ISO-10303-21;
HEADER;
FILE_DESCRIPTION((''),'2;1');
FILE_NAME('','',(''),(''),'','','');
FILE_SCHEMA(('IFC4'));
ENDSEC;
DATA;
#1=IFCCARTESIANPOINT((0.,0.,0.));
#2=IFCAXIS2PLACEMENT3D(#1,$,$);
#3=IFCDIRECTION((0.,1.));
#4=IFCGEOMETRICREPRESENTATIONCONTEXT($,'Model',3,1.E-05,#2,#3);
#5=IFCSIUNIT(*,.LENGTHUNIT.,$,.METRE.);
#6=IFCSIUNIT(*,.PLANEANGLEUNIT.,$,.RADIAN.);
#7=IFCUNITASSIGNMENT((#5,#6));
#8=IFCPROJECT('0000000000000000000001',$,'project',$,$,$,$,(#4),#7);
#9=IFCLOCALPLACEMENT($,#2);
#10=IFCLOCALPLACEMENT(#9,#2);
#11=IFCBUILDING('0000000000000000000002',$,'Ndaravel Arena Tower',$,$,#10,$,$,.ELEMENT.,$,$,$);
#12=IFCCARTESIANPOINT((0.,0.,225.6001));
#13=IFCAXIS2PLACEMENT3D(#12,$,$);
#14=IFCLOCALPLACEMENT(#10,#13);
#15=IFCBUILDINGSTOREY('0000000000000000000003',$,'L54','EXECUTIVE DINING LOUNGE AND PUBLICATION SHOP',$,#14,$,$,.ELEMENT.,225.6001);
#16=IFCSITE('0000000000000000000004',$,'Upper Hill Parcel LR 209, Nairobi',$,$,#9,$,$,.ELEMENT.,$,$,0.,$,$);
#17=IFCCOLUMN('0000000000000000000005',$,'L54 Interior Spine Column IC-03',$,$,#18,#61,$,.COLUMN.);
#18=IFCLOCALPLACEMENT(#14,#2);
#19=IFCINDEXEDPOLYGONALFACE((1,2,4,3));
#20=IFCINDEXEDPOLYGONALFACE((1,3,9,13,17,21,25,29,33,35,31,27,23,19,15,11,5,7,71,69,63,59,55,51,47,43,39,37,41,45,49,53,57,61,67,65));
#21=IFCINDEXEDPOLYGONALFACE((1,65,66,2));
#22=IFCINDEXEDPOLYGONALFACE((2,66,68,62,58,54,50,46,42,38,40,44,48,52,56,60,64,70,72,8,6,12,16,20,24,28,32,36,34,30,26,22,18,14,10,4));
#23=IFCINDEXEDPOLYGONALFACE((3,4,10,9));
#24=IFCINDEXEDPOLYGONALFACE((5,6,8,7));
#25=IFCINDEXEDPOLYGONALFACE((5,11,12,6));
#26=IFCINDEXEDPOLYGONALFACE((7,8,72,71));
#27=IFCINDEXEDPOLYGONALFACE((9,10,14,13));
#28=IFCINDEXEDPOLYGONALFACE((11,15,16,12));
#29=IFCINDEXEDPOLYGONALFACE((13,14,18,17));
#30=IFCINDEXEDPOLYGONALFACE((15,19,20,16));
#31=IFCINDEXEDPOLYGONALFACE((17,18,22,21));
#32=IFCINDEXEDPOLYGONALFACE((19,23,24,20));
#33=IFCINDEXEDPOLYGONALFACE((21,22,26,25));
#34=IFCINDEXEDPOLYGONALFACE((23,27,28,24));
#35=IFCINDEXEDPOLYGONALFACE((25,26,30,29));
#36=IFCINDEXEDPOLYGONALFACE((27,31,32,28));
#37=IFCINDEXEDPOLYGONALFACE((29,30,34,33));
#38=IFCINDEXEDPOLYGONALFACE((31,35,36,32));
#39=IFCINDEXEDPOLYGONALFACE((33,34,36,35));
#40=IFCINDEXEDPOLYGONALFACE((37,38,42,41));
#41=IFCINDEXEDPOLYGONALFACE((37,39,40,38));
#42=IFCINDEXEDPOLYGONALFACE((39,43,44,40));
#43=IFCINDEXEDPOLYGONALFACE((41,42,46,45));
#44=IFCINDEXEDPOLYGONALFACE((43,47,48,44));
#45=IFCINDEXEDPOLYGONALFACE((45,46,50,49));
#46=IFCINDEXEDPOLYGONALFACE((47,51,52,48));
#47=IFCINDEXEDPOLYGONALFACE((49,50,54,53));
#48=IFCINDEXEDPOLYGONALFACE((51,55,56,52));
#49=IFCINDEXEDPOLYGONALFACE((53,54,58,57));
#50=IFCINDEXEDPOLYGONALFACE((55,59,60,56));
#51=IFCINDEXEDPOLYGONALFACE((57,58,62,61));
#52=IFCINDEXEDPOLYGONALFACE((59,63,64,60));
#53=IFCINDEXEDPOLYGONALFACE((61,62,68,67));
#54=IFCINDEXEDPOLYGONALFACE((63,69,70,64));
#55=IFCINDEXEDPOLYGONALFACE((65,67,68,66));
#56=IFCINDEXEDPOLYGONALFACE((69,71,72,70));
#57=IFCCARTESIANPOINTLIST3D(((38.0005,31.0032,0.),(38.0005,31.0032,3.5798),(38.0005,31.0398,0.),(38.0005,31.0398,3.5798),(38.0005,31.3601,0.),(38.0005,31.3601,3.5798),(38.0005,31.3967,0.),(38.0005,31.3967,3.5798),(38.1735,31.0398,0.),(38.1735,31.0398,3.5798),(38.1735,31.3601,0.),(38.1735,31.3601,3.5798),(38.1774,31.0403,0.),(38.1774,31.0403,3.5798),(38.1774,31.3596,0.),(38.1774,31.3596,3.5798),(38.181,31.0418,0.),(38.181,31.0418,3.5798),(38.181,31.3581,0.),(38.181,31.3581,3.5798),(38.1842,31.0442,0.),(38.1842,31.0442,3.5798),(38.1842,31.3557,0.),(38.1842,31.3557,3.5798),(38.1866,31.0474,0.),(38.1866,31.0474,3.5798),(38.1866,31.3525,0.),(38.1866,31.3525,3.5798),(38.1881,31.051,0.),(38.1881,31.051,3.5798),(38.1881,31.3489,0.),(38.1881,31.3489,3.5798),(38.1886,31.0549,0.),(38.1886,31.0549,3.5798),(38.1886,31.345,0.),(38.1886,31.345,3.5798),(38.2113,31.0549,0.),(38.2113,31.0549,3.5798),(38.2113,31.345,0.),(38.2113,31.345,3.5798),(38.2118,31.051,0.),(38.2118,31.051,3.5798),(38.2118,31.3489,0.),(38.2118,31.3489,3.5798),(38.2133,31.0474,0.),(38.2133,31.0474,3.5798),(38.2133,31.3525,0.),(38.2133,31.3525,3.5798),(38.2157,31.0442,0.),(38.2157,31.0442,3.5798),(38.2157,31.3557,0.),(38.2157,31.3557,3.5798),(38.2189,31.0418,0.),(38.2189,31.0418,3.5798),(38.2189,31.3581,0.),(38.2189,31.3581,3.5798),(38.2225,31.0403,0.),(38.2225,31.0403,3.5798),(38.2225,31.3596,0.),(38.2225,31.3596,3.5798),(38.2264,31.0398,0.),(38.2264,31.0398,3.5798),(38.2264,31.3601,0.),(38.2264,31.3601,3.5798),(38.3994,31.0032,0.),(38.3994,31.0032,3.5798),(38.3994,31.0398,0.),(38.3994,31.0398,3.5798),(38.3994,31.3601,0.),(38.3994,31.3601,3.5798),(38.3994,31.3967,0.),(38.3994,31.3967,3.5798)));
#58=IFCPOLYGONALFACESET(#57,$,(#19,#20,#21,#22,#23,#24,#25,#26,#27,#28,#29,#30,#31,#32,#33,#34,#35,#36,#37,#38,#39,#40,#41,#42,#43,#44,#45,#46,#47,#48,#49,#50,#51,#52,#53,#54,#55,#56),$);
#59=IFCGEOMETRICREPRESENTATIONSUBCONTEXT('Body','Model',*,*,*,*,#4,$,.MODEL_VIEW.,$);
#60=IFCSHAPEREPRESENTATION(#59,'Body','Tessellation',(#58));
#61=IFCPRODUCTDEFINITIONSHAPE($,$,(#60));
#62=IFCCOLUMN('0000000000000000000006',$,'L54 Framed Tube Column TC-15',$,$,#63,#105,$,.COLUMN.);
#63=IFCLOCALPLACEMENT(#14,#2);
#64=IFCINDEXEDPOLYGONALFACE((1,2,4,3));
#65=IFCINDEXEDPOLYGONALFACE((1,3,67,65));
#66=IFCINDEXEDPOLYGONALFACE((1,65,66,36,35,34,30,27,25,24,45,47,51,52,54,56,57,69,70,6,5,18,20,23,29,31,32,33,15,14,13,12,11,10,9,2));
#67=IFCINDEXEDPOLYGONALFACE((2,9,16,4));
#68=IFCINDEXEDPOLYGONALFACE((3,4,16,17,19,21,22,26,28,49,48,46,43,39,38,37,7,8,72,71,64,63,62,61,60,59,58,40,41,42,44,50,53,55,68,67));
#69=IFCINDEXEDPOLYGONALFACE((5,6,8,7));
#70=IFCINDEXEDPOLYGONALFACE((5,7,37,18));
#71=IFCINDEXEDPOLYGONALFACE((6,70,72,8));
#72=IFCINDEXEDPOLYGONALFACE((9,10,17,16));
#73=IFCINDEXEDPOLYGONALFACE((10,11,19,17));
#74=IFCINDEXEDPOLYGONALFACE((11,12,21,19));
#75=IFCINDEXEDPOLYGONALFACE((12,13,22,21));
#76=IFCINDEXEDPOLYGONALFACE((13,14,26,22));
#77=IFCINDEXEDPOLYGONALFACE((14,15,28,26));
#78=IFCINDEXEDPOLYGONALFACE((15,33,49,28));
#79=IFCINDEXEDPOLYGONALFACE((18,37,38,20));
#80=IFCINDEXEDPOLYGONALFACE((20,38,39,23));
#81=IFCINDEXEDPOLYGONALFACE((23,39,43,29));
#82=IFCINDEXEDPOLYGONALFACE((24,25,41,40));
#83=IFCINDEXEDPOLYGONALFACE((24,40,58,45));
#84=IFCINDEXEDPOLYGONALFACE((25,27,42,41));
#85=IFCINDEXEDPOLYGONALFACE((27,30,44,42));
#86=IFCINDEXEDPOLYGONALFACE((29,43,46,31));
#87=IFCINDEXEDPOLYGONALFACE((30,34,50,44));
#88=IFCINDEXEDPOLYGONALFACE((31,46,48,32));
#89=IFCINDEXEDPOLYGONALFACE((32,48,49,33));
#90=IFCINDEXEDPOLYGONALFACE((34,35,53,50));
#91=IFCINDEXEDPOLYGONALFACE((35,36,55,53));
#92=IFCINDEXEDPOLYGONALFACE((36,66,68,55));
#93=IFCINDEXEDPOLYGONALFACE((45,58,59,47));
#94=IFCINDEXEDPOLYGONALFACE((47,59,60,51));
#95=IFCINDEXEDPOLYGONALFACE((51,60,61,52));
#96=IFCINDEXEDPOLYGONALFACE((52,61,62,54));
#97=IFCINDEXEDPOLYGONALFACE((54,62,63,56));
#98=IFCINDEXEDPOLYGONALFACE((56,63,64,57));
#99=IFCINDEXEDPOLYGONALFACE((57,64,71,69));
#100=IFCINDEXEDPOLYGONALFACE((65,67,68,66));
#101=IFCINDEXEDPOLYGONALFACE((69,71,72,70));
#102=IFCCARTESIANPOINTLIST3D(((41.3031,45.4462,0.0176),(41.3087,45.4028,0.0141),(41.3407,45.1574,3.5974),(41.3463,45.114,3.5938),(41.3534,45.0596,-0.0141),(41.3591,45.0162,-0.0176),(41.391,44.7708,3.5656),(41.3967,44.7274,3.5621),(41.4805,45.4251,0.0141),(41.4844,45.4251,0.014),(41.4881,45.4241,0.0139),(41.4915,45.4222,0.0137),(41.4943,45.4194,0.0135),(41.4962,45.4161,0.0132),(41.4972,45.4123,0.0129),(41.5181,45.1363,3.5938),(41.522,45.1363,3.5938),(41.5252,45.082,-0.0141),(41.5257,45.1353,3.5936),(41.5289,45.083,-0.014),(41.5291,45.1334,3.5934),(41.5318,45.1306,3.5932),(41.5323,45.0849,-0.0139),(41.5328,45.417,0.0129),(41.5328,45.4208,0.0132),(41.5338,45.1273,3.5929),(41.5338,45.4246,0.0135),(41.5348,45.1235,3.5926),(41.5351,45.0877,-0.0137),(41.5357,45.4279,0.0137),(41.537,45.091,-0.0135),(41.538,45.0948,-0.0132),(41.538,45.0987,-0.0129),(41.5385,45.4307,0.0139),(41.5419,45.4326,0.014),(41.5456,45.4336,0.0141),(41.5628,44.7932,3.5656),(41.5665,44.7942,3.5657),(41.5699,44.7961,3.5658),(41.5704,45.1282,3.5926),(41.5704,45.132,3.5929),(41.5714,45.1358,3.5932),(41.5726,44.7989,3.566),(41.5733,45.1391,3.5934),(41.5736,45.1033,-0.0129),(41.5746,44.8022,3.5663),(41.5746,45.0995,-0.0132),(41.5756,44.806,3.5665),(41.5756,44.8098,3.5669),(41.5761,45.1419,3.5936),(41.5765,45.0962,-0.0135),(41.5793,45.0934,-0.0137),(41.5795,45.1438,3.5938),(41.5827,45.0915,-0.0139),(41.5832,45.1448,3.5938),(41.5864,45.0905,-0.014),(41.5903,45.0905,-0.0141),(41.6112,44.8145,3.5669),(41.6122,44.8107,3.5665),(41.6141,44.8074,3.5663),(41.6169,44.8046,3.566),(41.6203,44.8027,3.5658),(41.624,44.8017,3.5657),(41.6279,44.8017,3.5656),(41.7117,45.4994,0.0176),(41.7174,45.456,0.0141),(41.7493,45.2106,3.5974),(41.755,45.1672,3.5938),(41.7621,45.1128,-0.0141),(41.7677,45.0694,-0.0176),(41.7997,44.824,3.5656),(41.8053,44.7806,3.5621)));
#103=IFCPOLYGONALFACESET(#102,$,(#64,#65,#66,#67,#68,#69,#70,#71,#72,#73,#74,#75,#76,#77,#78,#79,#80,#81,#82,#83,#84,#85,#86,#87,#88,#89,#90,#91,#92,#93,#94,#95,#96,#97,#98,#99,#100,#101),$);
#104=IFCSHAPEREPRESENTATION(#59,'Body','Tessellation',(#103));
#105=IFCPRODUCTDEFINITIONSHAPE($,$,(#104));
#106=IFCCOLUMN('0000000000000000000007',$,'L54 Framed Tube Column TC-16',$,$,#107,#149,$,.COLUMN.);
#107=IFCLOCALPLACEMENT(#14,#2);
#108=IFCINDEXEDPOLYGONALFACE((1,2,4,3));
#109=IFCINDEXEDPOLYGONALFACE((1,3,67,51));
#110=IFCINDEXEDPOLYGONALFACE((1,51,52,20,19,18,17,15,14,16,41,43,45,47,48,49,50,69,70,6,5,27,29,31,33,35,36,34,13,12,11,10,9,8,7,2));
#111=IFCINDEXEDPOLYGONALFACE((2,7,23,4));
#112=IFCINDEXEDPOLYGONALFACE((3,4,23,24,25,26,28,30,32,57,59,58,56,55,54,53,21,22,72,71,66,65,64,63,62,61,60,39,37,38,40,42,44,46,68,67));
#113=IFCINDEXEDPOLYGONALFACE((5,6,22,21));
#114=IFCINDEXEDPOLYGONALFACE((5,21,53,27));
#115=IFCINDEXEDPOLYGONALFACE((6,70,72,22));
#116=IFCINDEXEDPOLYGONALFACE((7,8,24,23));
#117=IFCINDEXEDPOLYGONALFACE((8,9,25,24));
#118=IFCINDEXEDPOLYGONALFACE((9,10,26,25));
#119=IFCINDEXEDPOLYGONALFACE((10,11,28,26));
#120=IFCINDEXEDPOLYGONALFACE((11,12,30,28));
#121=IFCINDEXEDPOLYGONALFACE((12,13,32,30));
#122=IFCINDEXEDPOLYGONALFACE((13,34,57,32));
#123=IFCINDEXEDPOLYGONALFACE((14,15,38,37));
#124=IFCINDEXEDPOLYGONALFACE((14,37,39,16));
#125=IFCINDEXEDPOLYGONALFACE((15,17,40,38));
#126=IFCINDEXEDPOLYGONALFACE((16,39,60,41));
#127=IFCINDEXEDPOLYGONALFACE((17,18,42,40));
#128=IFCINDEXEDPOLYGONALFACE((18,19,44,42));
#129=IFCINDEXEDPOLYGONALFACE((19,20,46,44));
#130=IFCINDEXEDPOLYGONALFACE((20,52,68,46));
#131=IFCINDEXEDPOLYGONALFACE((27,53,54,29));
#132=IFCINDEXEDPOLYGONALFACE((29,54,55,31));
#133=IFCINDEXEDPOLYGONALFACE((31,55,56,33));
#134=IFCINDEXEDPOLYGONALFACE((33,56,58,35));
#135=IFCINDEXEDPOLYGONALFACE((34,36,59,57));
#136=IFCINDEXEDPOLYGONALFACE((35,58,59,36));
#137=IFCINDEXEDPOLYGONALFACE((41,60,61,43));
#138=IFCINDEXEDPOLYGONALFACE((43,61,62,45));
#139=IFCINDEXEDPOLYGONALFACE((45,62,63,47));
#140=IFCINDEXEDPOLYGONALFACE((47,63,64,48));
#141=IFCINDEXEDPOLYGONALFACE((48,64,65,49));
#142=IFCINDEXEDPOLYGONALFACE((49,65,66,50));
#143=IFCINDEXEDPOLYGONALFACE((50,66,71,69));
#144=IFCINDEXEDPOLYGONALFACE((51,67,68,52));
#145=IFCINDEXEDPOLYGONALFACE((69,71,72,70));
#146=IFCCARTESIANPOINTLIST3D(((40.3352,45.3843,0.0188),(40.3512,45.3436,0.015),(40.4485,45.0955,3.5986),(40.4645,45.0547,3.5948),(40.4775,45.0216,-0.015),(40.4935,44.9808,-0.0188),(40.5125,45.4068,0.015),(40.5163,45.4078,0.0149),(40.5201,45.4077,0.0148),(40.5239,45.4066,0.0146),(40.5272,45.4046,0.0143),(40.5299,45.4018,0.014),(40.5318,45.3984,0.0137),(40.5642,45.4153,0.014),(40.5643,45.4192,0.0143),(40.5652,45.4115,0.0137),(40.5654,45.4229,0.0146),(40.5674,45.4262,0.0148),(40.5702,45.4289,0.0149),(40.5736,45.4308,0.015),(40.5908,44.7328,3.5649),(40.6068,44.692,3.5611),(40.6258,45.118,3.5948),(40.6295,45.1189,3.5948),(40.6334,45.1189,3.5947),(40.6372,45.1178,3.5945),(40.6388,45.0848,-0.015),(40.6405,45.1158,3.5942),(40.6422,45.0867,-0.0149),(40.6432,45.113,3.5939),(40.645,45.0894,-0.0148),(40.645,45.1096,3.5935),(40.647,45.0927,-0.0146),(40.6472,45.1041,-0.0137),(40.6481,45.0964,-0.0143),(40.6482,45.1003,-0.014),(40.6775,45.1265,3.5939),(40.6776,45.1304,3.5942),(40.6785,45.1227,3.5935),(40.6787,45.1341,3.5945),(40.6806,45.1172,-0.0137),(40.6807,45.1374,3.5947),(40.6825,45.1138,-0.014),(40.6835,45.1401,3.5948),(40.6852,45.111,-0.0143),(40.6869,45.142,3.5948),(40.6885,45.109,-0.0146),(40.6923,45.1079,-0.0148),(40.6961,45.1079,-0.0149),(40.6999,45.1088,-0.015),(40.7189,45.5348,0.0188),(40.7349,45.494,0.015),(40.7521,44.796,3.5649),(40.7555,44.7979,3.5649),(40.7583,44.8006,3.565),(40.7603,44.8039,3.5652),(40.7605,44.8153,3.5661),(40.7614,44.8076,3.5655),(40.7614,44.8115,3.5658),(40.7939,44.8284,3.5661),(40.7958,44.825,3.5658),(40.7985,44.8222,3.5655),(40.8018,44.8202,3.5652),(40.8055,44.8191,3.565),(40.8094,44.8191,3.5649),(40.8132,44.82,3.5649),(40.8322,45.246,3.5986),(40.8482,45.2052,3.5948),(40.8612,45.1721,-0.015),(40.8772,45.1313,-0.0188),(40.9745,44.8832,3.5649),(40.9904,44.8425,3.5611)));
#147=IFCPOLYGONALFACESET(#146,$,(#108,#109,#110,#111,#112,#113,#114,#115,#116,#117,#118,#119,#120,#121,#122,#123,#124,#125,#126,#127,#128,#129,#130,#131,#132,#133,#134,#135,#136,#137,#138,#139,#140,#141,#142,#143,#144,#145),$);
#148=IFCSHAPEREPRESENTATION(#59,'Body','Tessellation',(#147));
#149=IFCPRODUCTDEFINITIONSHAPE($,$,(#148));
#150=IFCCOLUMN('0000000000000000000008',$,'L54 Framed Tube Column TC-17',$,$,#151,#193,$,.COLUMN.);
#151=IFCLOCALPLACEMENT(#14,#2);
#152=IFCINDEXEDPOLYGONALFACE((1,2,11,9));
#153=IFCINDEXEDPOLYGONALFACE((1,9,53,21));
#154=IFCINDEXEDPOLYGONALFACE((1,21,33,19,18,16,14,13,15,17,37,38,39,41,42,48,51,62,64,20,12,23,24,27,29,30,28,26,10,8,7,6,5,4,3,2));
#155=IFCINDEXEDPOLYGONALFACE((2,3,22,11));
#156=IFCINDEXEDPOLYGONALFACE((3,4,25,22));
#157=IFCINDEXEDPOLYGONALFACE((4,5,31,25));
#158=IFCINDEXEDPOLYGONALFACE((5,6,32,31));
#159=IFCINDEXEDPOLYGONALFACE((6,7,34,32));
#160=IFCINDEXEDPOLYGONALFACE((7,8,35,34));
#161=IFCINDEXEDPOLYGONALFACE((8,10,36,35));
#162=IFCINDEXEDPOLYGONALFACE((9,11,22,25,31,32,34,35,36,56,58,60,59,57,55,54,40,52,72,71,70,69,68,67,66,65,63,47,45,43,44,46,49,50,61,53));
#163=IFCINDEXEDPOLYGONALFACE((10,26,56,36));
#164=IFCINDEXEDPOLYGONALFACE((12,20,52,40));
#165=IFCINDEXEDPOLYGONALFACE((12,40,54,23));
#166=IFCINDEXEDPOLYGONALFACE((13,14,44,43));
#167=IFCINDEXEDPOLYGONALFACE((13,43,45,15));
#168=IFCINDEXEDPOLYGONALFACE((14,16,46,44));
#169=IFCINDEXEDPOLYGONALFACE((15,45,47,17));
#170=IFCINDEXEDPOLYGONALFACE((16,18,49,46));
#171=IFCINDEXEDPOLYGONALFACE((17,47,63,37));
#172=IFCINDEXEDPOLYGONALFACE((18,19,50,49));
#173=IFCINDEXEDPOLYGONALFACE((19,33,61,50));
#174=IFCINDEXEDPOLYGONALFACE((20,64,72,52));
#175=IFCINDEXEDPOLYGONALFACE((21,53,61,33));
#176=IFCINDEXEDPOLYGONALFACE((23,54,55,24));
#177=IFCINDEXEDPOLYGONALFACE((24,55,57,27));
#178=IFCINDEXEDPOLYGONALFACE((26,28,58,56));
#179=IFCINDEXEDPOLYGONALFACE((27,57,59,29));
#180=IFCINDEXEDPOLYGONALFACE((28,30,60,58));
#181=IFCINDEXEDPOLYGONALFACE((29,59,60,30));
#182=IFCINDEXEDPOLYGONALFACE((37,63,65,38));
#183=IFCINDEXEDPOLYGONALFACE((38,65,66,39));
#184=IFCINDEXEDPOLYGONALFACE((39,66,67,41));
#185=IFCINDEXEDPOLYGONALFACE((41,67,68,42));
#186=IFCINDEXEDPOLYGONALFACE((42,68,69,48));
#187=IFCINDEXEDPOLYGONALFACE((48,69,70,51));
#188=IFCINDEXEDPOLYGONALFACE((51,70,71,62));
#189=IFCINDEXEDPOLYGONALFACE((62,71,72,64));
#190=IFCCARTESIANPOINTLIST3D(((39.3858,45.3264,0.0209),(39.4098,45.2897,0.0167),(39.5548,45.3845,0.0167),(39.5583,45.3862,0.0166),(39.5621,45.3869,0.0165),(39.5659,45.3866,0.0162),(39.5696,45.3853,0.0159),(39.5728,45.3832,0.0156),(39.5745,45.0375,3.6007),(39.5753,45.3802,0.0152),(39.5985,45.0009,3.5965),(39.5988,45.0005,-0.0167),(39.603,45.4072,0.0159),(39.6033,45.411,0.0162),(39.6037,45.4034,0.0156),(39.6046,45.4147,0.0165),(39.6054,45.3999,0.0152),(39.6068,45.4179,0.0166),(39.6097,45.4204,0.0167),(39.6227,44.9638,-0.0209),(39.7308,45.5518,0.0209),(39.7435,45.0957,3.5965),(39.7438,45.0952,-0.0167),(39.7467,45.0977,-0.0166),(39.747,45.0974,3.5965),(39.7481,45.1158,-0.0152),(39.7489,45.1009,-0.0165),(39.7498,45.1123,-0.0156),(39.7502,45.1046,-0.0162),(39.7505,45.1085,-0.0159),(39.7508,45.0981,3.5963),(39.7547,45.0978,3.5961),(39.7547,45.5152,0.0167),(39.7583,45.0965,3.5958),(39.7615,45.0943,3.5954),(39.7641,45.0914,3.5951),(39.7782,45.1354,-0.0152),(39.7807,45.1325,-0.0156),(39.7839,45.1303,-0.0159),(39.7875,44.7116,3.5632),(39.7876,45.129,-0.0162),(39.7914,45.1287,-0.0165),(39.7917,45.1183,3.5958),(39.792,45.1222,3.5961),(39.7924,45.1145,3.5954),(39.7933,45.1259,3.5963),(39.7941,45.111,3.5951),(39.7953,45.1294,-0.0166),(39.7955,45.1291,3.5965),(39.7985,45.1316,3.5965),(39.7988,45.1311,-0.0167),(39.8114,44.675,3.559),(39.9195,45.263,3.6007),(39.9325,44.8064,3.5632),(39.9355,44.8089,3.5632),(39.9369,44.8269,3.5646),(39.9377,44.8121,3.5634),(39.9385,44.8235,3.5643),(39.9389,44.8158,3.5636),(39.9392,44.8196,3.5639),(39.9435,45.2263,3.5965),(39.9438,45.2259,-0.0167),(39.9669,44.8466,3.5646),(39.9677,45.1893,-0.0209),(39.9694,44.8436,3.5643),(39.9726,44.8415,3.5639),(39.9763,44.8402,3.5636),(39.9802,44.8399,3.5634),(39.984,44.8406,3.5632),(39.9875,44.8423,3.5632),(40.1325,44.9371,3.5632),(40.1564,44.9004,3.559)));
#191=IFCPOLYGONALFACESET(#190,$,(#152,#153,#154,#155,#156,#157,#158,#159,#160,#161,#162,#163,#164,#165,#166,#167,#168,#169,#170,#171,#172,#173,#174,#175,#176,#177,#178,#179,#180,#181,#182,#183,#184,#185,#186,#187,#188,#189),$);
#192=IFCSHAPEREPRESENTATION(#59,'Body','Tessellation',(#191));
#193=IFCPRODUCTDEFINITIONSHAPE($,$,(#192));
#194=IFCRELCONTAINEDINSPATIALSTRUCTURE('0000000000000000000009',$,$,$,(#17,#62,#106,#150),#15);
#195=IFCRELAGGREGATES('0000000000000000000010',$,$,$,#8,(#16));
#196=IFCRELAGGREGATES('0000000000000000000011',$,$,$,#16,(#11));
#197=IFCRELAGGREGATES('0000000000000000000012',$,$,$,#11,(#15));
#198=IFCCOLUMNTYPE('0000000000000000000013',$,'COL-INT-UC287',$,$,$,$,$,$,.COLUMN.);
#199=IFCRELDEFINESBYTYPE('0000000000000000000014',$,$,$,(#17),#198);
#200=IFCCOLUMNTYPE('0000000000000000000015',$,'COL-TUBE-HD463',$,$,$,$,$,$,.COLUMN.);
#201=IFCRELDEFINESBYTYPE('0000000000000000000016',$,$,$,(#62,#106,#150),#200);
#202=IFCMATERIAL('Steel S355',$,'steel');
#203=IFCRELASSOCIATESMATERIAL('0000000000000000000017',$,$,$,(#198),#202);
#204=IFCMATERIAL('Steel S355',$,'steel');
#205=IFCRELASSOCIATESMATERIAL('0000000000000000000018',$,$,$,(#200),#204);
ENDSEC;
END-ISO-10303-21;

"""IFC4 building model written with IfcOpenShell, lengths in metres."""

from ifc_helpers import new_model, si_unit, direction, frame, origin, origin_2d, place, context, subcontext, project, spatial, i_section, extrude, material, material_profile, profile_set, type_object, element, save


model = new_model("IFC4")

# Units and contexts
model_context = context("Model", 3, precision=1e-05, world=origin(), true_north=direction((0.0, 1.0)))
body_context = subcontext(model_context, "Body", "Model", "MODEL_VIEW")
ifc_project = project(units=[si_unit("LENGTHUNIT", "METRE"), si_unit("PLANEANGLEUNIT", "RADIAN")], contexts=[model_context])

# Site, building, storey
site_placement = place(None, origin())
site = spatial("IfcSite", under=ifc_project, at=site_placement, Name="Upper Hill Parcel LR 209, Nairobi", CompositionType="ELEMENT", RefElevation=0.0)
building_placement = place(site_placement, origin())
building = spatial("IfcBuilding", under=site, at=building_placement, Name="Ndaravel Arena Tower", CompositionType="ELEMENT")
storey_placement = place(building_placement, frame((0.0, 0.0, 225.6001)))
storey = spatial("IfcBuildingStorey", under=building, at=storey_placement, Name="L54", Description="EXECUTIVE DINING LOUNGE AND PUBLICATION SHOP", CompositionType="ELEMENT", Elevation=225.6001)

# Columns
ifc_material_1 = material(Name="Steel S355", Category="steel")
ifc_material_profile_1 = material_profile(ifc_material_1, i_section(OverallWidth=0.3989, OverallDepth=0.3936, WebThickness=0.0227, FlangeThickness=0.0366, FilletRadius=0.0151, at=origin_2d()), Name="UC 356x406x287")
ifc_profile_set_1 = profile_set([ifc_material_profile_1], Name="Steel S355")
column_type_1 = type_object("IfcColumnType", Name="COL-INT-UC287", PredefinedType="COLUMN", material=ifc_profile_set_1)
column_1_placement = place(storey_placement, frame((38.2, 31.2, 0.0), z_axis=(0.0, 0.0, 1.0), x_axis=(1.0, 0.0, 0.0)))
element("IfcColumn", 1, at=column_1_placement, inside=storey, type_object=column_type_1, Name="L54 Interior Spine Column IC-03", PredefinedType="COLUMN", context=body_context, shape_type="SweptSolid", body=[
    extrude(i_section(OverallWidth=0.3989, OverallDepth=0.3936, WebThickness=0.0227, FlangeThickness=0.0366, FilletRadius=0.0151, at=origin_2d()), origin(), (0.0, 0.0, 1.0), 3.5798),
])
ifc_material_2 = material(Name="Steel S355", Category="steel")
ifc_material_profile_2 = material_profile(ifc_material_2, i_section(OverallWidth=0.4121, OverallDepth=0.4351, WebThickness=0.0359, FlangeThickness=0.0439, FilletRadius=0.0149, at=origin_2d()), Name="HD 400x463")
ifc_profile_set_2 = profile_set([ifc_material_profile_2], Name="Steel S355")
column_type_2 = type_object("IfcColumnType", Name="COL-TUBE-HD463", PredefinedType="COLUMN", material=ifc_profile_set_2)
column_2_placement = place(storey_placement, frame((41.5354, 45.2578, 0.0), z_axis=(0.010468, -0.080414, 0.996707), x_axis=(0.991633, 0.129088, 0.0)))
element("IfcColumn", 2, at=column_2_placement, inside=storey, type_object=column_type_2, Name="L54 Framed Tube Column TC-15", PredefinedType="COLUMN", context=body_context, shape_type="SweptSolid", body=[
    extrude(i_section(OverallWidth=0.4121, OverallDepth=0.4351, WebThickness=0.0359, FlangeThickness=0.0439, FilletRadius=0.0149, at=origin_2d()), origin(), (0.0, 0.0, 1.0), 3.5916),
])
column_3_placement = place(storey_placement, frame((40.6062, 45.2578, 0.0), z_axis=(0.031526, -0.080378, 0.996266), x_axis=(0.930952, 0.365141, 0.0)))
element("IfcColumn", 3, at=column_3_placement, inside=storey, type_object=column_type_2, Name="L54 Framed Tube Column TC-16", PredefinedType="COLUMN", context=body_context, shape_type="SweptSolid", body=[
    extrude(i_section(OverallWidth=0.4121, OverallDepth=0.4351, WebThickness=0.0359, FlangeThickness=0.0439, FilletRadius=0.0149, at=origin_2d()), origin(), (0.0, 0.0, 1.0), 3.5933),
])
column_4_placement = place(storey_placement, frame((39.6768, 45.2578, 0.0), z_axis=(0.052475, -0.080307, 0.995388), x_axis=(0.837132, 0.547001, 0.0)))
element("IfcColumn", 4, at=column_4_placement, inside=storey, type_object=column_type_2, Name="L54 Framed Tube Column TC-17", PredefinedType="COLUMN", context=body_context, shape_type="SweptSolid", body=[
    extrude(i_section(OverallWidth=0.4121, OverallDepth=0.4351, WebThickness=0.0359, FlangeThickness=0.0439, FilletRadius=0.0149, at=origin_2d()), origin(), (0.0, 0.0, 1.0), 3.5964),
])

save(model, "model.ifc")
